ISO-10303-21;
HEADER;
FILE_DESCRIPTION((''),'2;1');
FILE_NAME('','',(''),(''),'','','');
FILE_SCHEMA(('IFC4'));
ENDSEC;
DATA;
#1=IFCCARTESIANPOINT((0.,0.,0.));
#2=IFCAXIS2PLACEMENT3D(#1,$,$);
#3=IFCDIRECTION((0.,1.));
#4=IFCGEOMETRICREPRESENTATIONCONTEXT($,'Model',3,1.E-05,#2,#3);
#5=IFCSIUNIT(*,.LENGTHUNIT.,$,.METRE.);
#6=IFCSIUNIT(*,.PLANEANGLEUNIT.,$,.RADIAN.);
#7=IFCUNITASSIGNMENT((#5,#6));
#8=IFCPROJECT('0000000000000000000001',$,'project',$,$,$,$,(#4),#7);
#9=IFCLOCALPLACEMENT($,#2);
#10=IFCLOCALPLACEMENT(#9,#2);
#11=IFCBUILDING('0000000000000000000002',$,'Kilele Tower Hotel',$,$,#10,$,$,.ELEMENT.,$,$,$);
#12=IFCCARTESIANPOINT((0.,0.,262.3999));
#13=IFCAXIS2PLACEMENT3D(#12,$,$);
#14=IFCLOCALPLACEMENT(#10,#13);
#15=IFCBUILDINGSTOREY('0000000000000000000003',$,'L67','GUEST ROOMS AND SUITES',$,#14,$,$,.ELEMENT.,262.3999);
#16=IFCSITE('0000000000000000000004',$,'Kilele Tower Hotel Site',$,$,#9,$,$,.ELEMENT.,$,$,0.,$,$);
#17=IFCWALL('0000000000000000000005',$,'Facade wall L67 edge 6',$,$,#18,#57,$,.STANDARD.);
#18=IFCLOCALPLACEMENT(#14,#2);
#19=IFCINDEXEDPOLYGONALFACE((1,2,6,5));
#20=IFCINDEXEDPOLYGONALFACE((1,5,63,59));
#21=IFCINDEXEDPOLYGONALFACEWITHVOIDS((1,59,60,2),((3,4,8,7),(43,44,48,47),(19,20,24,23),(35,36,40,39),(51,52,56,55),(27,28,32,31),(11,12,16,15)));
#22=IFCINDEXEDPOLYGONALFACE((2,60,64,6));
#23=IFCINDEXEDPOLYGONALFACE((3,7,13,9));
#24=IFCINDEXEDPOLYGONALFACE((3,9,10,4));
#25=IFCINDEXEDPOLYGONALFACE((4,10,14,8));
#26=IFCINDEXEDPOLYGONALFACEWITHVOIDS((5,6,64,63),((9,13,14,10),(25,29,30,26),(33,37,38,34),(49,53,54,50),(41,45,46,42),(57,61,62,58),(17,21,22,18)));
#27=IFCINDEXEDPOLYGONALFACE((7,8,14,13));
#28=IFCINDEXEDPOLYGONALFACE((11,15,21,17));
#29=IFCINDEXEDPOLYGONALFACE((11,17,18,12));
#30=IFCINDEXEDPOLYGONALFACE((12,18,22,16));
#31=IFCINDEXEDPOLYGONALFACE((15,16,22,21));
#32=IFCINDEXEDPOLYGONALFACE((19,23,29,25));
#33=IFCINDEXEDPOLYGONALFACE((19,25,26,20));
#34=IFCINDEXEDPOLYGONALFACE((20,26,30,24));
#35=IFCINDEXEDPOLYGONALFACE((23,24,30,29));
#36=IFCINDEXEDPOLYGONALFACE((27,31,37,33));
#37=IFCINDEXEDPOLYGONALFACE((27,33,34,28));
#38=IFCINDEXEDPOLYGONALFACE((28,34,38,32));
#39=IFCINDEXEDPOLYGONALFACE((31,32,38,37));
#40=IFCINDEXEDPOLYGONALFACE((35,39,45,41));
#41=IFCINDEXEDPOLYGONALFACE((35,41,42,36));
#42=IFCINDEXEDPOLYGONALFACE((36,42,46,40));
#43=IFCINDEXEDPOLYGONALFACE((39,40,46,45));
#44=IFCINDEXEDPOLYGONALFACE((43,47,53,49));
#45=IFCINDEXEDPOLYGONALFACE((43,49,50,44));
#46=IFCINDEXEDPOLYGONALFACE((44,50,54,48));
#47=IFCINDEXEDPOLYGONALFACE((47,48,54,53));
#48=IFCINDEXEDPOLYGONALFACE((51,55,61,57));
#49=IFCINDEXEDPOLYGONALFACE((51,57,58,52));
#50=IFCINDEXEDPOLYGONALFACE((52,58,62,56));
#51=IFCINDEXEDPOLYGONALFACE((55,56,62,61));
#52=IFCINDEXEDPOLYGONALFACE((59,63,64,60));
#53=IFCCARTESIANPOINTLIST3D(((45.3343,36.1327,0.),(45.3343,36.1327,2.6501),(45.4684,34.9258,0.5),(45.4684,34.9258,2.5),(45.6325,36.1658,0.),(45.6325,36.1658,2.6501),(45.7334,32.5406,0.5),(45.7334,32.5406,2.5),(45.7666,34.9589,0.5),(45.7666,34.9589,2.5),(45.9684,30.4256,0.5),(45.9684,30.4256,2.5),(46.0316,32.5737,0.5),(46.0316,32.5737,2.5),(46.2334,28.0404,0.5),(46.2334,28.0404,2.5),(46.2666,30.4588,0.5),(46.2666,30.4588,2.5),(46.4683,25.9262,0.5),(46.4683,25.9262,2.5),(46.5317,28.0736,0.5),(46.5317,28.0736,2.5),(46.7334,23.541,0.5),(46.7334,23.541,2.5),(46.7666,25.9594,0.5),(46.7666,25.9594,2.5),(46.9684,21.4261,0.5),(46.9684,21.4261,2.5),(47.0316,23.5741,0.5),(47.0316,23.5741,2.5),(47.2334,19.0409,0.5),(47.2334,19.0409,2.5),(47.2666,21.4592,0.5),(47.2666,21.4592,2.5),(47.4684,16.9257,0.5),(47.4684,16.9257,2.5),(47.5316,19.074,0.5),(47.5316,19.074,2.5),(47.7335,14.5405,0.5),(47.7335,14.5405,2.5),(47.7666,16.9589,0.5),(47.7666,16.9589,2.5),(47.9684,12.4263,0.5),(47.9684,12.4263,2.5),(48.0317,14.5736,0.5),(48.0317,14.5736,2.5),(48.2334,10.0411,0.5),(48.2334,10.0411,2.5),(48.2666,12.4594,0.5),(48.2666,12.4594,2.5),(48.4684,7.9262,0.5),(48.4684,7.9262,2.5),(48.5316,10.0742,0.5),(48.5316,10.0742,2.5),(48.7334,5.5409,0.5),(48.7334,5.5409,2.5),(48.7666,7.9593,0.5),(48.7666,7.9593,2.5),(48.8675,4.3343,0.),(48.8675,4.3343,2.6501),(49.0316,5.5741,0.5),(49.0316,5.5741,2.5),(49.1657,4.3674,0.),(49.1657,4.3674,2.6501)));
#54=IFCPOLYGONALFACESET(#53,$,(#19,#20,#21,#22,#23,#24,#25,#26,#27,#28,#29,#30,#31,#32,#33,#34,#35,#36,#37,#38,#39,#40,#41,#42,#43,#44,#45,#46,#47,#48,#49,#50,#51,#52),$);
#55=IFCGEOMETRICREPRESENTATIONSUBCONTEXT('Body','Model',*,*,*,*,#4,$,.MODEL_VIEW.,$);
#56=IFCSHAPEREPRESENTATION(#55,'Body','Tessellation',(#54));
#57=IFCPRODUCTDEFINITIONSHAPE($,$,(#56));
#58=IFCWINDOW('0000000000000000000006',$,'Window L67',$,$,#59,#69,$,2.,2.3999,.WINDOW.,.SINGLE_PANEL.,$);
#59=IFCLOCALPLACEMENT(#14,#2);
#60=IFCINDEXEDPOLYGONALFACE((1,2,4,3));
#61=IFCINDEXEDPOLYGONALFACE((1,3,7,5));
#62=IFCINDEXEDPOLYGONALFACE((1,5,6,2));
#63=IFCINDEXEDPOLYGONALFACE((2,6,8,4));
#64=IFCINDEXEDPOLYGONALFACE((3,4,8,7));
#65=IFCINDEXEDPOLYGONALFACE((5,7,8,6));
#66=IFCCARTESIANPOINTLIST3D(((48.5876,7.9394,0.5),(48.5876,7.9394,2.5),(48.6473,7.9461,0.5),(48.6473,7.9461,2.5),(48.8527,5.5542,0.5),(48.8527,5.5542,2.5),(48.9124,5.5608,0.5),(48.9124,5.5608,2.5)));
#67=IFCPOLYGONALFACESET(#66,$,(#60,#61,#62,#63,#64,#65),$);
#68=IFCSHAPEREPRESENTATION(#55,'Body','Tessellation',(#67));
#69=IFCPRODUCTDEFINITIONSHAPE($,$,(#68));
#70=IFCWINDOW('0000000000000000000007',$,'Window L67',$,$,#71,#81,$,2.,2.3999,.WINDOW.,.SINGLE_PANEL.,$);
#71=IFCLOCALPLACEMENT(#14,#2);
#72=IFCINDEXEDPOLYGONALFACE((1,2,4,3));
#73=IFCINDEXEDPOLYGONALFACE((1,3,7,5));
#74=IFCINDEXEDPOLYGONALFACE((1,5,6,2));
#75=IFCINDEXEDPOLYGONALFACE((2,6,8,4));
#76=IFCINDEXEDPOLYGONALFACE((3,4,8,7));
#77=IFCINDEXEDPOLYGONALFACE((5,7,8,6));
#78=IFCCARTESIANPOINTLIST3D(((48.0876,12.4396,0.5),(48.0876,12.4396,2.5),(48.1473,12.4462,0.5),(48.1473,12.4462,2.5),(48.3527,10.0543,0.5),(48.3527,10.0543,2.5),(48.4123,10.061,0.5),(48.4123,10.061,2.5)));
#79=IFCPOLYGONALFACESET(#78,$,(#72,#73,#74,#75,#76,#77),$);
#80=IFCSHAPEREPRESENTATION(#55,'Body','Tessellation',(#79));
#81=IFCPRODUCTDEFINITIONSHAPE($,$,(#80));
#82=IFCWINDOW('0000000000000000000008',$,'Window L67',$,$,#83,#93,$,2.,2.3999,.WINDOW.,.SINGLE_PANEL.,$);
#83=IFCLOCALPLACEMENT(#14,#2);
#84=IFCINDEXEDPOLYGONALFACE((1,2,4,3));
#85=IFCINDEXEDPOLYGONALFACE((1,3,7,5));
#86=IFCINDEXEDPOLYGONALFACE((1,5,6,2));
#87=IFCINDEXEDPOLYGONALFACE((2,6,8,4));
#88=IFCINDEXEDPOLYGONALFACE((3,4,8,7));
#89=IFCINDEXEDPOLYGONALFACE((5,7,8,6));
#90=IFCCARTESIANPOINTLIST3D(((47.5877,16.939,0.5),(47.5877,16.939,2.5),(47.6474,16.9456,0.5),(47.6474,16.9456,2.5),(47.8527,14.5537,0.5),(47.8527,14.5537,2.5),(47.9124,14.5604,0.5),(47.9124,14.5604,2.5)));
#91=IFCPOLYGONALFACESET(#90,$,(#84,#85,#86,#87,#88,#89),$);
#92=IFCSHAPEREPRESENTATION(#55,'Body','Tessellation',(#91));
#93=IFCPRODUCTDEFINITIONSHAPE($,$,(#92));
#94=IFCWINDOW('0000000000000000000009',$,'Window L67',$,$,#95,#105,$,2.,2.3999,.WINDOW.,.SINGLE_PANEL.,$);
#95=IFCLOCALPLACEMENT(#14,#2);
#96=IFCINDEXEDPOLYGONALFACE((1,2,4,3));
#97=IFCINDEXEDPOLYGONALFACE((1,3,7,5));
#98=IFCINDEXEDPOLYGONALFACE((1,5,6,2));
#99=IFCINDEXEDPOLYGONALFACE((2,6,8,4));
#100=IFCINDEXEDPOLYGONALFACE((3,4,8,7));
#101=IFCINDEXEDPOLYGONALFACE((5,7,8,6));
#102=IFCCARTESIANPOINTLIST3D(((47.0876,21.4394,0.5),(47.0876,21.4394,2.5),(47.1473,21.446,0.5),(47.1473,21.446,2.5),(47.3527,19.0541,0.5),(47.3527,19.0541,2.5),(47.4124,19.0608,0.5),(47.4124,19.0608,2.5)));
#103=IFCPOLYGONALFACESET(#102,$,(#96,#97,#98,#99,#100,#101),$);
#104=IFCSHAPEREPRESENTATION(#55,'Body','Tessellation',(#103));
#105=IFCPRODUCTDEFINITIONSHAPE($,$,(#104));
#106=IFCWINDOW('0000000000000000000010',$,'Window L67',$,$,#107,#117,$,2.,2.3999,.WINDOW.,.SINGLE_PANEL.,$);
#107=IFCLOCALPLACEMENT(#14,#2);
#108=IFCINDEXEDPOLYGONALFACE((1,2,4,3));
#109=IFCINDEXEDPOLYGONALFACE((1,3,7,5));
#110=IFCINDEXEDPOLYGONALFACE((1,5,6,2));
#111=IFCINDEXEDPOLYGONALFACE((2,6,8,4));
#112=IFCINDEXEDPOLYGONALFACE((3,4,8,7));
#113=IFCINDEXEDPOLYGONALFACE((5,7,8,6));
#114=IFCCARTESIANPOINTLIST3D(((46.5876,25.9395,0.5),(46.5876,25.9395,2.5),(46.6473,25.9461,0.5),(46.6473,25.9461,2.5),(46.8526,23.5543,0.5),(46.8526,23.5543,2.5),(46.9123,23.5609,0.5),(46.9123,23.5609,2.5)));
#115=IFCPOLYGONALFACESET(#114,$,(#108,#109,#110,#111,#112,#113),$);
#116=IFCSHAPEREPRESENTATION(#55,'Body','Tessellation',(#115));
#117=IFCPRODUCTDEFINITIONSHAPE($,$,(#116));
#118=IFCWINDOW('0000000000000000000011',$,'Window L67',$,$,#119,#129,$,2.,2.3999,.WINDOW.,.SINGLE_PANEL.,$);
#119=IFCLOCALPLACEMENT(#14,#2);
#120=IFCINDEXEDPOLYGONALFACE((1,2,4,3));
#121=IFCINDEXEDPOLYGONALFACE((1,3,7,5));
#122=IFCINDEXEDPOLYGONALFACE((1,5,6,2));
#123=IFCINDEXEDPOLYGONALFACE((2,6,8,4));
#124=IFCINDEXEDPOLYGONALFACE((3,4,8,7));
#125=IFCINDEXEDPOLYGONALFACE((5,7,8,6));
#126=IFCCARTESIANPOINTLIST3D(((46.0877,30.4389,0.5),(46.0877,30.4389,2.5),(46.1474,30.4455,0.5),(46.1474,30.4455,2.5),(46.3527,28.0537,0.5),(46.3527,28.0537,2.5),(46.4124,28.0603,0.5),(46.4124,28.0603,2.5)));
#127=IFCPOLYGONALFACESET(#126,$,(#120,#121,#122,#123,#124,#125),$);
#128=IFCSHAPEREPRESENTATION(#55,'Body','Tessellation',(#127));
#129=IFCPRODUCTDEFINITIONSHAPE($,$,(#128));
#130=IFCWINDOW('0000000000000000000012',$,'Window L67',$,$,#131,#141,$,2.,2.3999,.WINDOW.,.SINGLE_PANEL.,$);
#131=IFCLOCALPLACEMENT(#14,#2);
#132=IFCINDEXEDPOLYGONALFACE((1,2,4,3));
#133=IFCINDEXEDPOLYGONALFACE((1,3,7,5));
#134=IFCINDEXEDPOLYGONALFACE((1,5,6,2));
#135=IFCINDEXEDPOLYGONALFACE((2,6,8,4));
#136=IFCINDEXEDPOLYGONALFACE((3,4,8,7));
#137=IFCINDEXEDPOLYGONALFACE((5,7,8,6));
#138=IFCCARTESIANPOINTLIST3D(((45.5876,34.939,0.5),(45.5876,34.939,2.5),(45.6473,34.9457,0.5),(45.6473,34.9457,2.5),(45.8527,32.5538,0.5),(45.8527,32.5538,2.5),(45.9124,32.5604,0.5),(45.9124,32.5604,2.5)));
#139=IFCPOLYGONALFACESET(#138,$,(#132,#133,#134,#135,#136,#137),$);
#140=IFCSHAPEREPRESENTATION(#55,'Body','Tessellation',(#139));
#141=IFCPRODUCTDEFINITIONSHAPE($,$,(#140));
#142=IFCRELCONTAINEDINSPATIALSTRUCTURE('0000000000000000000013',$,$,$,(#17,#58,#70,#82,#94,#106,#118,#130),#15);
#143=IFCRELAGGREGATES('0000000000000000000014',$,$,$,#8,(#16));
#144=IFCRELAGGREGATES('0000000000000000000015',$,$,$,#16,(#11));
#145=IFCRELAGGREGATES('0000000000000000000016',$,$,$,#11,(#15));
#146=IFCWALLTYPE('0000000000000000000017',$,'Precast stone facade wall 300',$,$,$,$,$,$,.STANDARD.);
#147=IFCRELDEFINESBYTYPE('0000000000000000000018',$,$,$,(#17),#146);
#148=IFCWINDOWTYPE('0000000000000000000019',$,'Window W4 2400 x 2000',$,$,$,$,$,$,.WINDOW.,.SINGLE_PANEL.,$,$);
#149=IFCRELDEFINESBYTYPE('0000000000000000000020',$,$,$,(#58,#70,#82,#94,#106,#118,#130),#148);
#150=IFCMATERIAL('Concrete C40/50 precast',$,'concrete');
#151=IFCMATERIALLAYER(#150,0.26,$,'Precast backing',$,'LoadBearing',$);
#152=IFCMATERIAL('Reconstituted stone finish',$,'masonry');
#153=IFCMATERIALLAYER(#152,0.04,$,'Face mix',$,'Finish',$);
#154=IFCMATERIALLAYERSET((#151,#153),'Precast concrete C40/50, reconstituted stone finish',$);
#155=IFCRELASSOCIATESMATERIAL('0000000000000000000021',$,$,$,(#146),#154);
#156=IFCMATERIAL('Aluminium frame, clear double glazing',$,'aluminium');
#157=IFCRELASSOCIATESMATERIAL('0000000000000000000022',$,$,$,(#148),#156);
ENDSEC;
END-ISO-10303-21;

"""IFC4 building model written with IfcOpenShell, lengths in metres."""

from ifc_helpers import new_model, si_unit, direction, frame, frame_2d, origin, place, context, subcontext, project, spatial, rectangle, extrude, material, layer, layer_set, type_object, element, fill, save


model = new_model("IFC4")

# Units and contexts
model_context = context("Model", 3, precision=1e-05, world=origin(), true_north=direction((0.0, 1.0)))
body_context = subcontext(model_context, "Body", "Model", "MODEL_VIEW")
ifc_project = project(units=[si_unit("LENGTHUNIT", "METRE"), si_unit("PLANEANGLEUNIT", "RADIAN")], contexts=[model_context])

# Site, building, storey
site_placement = place(None, origin())
site = spatial("IfcSite", under=ifc_project, at=site_placement, Name="Kilele Tower Hotel Site", CompositionType="ELEMENT", RefElevation=0.0)
building_placement = place(site_placement, origin())
building = spatial("IfcBuilding", under=site, at=building_placement, Name="Kilele Tower Hotel", CompositionType="ELEMENT")
storey_placement = place(building_placement, frame((0.0, 0.0, 262.3999)))
storey = spatial("IfcBuildingStorey", under=building, at=storey_placement, Name="L67", Description="GUEST ROOMS AND SUITES", CompositionType="ELEMENT", Elevation=262.3999)

# Shared definitions
ifc_material_1 = material(Name="Concrete C40/50 precast", Category="concrete")
ifc_layer_1 = layer(ifc_material_1, 0.26, Name="Precast backing", Category="LoadBearing")
ifc_material_2 = material(Name="Reconstituted stone finish", Category="masonry")
ifc_layer_2 = layer(ifc_material_2, 0.04, Name="Face mix", Category="Finish")
ifc_layer_set = layer_set([ifc_layer_1, ifc_layer_2], Name="Precast concrete C40/50, reconstituted stone finish")
wall_type = type_object("IfcWallType", Name="Precast stone facade wall 300", PredefinedType="STANDARD", material=ifc_layer_set)
ifc_material_3 = material(Name="Aluminium frame, clear double glazing", Category="aluminium")
window_type_1 = type_object("IfcWindowType", Name="Window W4 2400 x 2000", PartitioningType="SINGLE_PANEL", PredefinedType="WINDOW", material=ifc_material_3)

# Wall, openings, windows
wall_1_placement = place(storey_placement, frame((49.0166, 4.3508, 0.0), z_axis=(0.0, 0.0, 1.0), x_axis=(-0.110433, 0.993884, 0.0)))
wall_1 = element("IfcWall", 1, at=wall_1_placement, inside=storey, type_object=wall_type, Name="Facade wall L67 edge 6", PredefinedType="STANDARD", context=body_context, shape_type="SweptSolid", body=[
    extrude(rectangle(XDim=31.9941, YDim=0.3, at=frame_2d((15.9971, 0.0))), origin(), (0.0, 0.0, 1.0), 2.6501),
])
opening_1_placement = place(wall_1_placement, frame((1.2141, 0.0, 0.5)))
opening_1 = element("IfcOpeningElement", 2, at=opening_1_placement, cuts=wall_1, PredefinedType="OPENING", context=body_context, shape_type="SweptSolid", body=[
    extrude(rectangle(XDim=2.3999, YDim=2.0, at=frame_2d((1.2, 1.0))), frame((0.0, 0.1599, 0.0), z_axis=(0.0, -1.0, 0.0), x_axis=(1.0, 0.0, 0.0)), (0.0, 0.0, 1.0), 0.3201),
])
opening_2_placement = place(wall_1_placement, frame((5.7419, 0.0, 0.5)))
opening_2 = element("IfcOpeningElement", 3, at=opening_2_placement, cuts=wall_1, PredefinedType="OPENING", context=body_context, shape_type="SweptSolid", body=[
    extrude(rectangle(XDim=2.3999, YDim=2.0, at=frame_2d((1.2, 1.0))), frame((0.0, 0.1599, 0.0), z_axis=(0.0, -1.0, 0.0), x_axis=(1.0, 0.0, 0.0)), (0.0, 0.0, 1.0), 0.3201),
])
opening_3_placement = place(wall_1_placement, frame((10.269, 0.0, 0.5)))
opening_3 = element("IfcOpeningElement", 4, at=opening_3_placement, cuts=wall_1, PredefinedType="OPENING", context=body_context, shape_type="SweptSolid", body=[
    extrude(rectangle(XDim=2.3999, YDim=2.0, at=frame_2d((1.2, 1.0))), frame((0.0, 0.1599, 0.0), z_axis=(0.0, -1.0, 0.0), x_axis=(1.0, 0.0, 0.0)), (0.0, 0.0, 1.0), 0.3201),
])
opening_4_placement = place(wall_1_placement, frame((14.7971, 0.0, 0.5)))
opening_4 = element("IfcOpeningElement", 5, at=opening_4_placement, cuts=wall_1, PredefinedType="OPENING", context=body_context, shape_type="SweptSolid", body=[
    extrude(rectangle(XDim=2.3999, YDim=2.0, at=frame_2d((1.2, 1.0))), frame((0.0, 0.1599, 0.0), z_axis=(0.0, -1.0, 0.0), x_axis=(1.0, 0.0, 0.0)), (0.0, 0.0, 1.0), 0.3201),
])
opening_5_placement = place(wall_1_placement, frame((19.325, 0.0, 0.5)))
opening_5 = element("IfcOpeningElement", 6, at=opening_5_placement, cuts=wall_1, PredefinedType="OPENING", context=body_context, shape_type="SweptSolid", body=[
    extrude(rectangle(XDim=2.3999, YDim=2.0, at=frame_2d((1.2, 1.0))), frame((0.0, 0.1599, 0.0), z_axis=(0.0, -1.0, 0.0), x_axis=(1.0, 0.0, 0.0)), (0.0, 0.0, 1.0), 0.3201),
])
opening_6_placement = place(wall_1_placement, frame((23.8521, 0.0, 0.5)))
opening_6 = element("IfcOpeningElement", 7, at=opening_6_placement, cuts=wall_1, PredefinedType="OPENING", context=body_context, shape_type="SweptSolid", body=[
    extrude(rectangle(XDim=2.3999, YDim=2.0, at=frame_2d((1.2, 1.0))), frame((0.0, 0.1599, 0.0), z_axis=(0.0, -1.0, 0.0), x_axis=(1.0, 0.0, 0.0)), (0.0, 0.0, 1.0), 0.3201),
])
opening_7_placement = place(wall_1_placement, frame((28.3799, 0.0, 0.5)))
opening_7 = element("IfcOpeningElement", 8, at=opening_7_placement, cuts=wall_1, PredefinedType="OPENING", context=body_context, shape_type="SweptSolid", body=[
    extrude(rectangle(XDim=2.3999, YDim=2.0, at=frame_2d((1.2, 1.0))), frame((0.0, 0.1599, 0.0), z_axis=(0.0, -1.0, 0.0), x_axis=(1.0, 0.0, 0.0)), (0.0, 0.0, 1.0), 0.3201),
])
window_1_placement = place(opening_1_placement, origin())
window_1 = element("IfcWindow", 9, at=window_1_placement, inside=storey, type_object=window_type_1, Name="Window L67", OverallHeight=2.0, OverallWidth=2.3999, PartitioningType="SINGLE_PANEL", PredefinedType="WINDOW", context=body_context, shape_type="SweptSolid", body=[
    extrude(rectangle(XDim=2.3999, YDim=2.0, at=frame_2d((1.2, 1.0))), frame((0.0, 0.03, 0.0), z_axis=(0.0, -1.0, 0.0), x_axis=(1.0, 0.0, 0.0)), (0.0, 0.0, 1.0), 0.0601),
])
fill(opening_1, window_1)
window_2_placement = place(opening_2_placement, origin())
window_2 = element("IfcWindow", 10, at=window_2_placement, inside=storey, type_object=window_type_1, Name="Window L67", OverallHeight=2.0, OverallWidth=2.3999, PartitioningType="SINGLE_PANEL", PredefinedType="WINDOW", context=body_context, shape_type="SweptSolid", body=[
    extrude(rectangle(XDim=2.3999, YDim=2.0, at=frame_2d((1.2, 1.0))), frame((0.0, 0.03, 0.0), z_axis=(0.0, -1.0, 0.0), x_axis=(1.0, 0.0, 0.0)), (0.0, 0.0, 1.0), 0.0601),
])
fill(opening_2, window_2)
window_3_placement = place(opening_3_placement, origin())
window_3 = element("IfcWindow", 11, at=window_3_placement, inside=storey, type_object=window_type_1, Name="Window L67", OverallHeight=2.0, OverallWidth=2.3999, PartitioningType="SINGLE_PANEL", PredefinedType="WINDOW", context=body_context, shape_type="SweptSolid", body=[
    extrude(rectangle(XDim=2.3999, YDim=2.0, at=frame_2d((1.2, 1.0))), frame((0.0, 0.03, 0.0), z_axis=(0.0, -1.0, 0.0), x_axis=(1.0, 0.0, 0.0)), (0.0, 0.0, 1.0), 0.0601),
])
fill(opening_3, window_3)
window_4_placement = place(opening_4_placement, origin())
window_4 = element("IfcWindow", 12, at=window_4_placement, inside=storey, type_object=window_type_1, Name="Window L67", OverallHeight=2.0, OverallWidth=2.3999, PartitioningType="SINGLE_PANEL", PredefinedType="WINDOW", context=body_context, shape_type="SweptSolid", body=[
    extrude(rectangle(XDim=2.3999, YDim=2.0, at=frame_2d((1.2, 1.0))), frame((0.0, 0.03, 0.0), z_axis=(0.0, -1.0, 0.0), x_axis=(1.0, 0.0, 0.0)), (0.0, 0.0, 1.0), 0.0601),
])
fill(opening_4, window_4)
window_5_placement = place(opening_5_placement, origin())
window_5 = element("IfcWindow", 13, at=window_5_placement, inside=storey, type_object=window_type_1, Name="Window L67", OverallHeight=2.0, OverallWidth=2.3999, PartitioningType="SINGLE_PANEL", PredefinedType="WINDOW", context=body_context, shape_type="SweptSolid", body=[
    extrude(rectangle(XDim=2.3999, YDim=2.0, at=frame_2d((1.2, 1.0))), frame((0.0, 0.03, 0.0), z_axis=(0.0, -1.0, 0.0), x_axis=(1.0, 0.0, 0.0)), (0.0, 0.0, 1.0), 0.0601),
])
fill(opening_5, window_5)
window_6_placement = place(opening_6_placement, origin())
window_6 = element("IfcWindow", 14, at=window_6_placement, inside=storey, type_object=window_type_1, Name="Window L67", OverallHeight=2.0, OverallWidth=2.3999, PartitioningType="SINGLE_PANEL", PredefinedType="WINDOW", context=body_context, shape_type="SweptSolid", body=[
    extrude(rectangle(XDim=2.3999, YDim=2.0, at=frame_2d((1.2, 1.0))), frame((0.0, 0.03, 0.0), z_axis=(0.0, -1.0, 0.0), x_axis=(1.0, 0.0, 0.0)), (0.0, 0.0, 1.0), 0.0601),
])
fill(opening_6, window_6)
window_7_placement = place(opening_7_placement, origin())
window_7 = element("IfcWindow", 15, at=window_7_placement, inside=storey, type_object=window_type_1, Name="Window L67", OverallHeight=2.0, OverallWidth=2.3999, PartitioningType="SINGLE_PANEL", PredefinedType="WINDOW", context=body_context, shape_type="SweptSolid", body=[
    extrude(rectangle(XDim=2.3999, YDim=2.0, at=frame_2d((1.2, 1.0))), frame((0.0, 0.03, 0.0), z_axis=(0.0, -1.0, 0.0), x_axis=(1.0, 0.0, 0.0)), (0.0, 0.0, 1.0), 0.0601),
])
fill(opening_7, window_7)

save(model, "model.ifc")
